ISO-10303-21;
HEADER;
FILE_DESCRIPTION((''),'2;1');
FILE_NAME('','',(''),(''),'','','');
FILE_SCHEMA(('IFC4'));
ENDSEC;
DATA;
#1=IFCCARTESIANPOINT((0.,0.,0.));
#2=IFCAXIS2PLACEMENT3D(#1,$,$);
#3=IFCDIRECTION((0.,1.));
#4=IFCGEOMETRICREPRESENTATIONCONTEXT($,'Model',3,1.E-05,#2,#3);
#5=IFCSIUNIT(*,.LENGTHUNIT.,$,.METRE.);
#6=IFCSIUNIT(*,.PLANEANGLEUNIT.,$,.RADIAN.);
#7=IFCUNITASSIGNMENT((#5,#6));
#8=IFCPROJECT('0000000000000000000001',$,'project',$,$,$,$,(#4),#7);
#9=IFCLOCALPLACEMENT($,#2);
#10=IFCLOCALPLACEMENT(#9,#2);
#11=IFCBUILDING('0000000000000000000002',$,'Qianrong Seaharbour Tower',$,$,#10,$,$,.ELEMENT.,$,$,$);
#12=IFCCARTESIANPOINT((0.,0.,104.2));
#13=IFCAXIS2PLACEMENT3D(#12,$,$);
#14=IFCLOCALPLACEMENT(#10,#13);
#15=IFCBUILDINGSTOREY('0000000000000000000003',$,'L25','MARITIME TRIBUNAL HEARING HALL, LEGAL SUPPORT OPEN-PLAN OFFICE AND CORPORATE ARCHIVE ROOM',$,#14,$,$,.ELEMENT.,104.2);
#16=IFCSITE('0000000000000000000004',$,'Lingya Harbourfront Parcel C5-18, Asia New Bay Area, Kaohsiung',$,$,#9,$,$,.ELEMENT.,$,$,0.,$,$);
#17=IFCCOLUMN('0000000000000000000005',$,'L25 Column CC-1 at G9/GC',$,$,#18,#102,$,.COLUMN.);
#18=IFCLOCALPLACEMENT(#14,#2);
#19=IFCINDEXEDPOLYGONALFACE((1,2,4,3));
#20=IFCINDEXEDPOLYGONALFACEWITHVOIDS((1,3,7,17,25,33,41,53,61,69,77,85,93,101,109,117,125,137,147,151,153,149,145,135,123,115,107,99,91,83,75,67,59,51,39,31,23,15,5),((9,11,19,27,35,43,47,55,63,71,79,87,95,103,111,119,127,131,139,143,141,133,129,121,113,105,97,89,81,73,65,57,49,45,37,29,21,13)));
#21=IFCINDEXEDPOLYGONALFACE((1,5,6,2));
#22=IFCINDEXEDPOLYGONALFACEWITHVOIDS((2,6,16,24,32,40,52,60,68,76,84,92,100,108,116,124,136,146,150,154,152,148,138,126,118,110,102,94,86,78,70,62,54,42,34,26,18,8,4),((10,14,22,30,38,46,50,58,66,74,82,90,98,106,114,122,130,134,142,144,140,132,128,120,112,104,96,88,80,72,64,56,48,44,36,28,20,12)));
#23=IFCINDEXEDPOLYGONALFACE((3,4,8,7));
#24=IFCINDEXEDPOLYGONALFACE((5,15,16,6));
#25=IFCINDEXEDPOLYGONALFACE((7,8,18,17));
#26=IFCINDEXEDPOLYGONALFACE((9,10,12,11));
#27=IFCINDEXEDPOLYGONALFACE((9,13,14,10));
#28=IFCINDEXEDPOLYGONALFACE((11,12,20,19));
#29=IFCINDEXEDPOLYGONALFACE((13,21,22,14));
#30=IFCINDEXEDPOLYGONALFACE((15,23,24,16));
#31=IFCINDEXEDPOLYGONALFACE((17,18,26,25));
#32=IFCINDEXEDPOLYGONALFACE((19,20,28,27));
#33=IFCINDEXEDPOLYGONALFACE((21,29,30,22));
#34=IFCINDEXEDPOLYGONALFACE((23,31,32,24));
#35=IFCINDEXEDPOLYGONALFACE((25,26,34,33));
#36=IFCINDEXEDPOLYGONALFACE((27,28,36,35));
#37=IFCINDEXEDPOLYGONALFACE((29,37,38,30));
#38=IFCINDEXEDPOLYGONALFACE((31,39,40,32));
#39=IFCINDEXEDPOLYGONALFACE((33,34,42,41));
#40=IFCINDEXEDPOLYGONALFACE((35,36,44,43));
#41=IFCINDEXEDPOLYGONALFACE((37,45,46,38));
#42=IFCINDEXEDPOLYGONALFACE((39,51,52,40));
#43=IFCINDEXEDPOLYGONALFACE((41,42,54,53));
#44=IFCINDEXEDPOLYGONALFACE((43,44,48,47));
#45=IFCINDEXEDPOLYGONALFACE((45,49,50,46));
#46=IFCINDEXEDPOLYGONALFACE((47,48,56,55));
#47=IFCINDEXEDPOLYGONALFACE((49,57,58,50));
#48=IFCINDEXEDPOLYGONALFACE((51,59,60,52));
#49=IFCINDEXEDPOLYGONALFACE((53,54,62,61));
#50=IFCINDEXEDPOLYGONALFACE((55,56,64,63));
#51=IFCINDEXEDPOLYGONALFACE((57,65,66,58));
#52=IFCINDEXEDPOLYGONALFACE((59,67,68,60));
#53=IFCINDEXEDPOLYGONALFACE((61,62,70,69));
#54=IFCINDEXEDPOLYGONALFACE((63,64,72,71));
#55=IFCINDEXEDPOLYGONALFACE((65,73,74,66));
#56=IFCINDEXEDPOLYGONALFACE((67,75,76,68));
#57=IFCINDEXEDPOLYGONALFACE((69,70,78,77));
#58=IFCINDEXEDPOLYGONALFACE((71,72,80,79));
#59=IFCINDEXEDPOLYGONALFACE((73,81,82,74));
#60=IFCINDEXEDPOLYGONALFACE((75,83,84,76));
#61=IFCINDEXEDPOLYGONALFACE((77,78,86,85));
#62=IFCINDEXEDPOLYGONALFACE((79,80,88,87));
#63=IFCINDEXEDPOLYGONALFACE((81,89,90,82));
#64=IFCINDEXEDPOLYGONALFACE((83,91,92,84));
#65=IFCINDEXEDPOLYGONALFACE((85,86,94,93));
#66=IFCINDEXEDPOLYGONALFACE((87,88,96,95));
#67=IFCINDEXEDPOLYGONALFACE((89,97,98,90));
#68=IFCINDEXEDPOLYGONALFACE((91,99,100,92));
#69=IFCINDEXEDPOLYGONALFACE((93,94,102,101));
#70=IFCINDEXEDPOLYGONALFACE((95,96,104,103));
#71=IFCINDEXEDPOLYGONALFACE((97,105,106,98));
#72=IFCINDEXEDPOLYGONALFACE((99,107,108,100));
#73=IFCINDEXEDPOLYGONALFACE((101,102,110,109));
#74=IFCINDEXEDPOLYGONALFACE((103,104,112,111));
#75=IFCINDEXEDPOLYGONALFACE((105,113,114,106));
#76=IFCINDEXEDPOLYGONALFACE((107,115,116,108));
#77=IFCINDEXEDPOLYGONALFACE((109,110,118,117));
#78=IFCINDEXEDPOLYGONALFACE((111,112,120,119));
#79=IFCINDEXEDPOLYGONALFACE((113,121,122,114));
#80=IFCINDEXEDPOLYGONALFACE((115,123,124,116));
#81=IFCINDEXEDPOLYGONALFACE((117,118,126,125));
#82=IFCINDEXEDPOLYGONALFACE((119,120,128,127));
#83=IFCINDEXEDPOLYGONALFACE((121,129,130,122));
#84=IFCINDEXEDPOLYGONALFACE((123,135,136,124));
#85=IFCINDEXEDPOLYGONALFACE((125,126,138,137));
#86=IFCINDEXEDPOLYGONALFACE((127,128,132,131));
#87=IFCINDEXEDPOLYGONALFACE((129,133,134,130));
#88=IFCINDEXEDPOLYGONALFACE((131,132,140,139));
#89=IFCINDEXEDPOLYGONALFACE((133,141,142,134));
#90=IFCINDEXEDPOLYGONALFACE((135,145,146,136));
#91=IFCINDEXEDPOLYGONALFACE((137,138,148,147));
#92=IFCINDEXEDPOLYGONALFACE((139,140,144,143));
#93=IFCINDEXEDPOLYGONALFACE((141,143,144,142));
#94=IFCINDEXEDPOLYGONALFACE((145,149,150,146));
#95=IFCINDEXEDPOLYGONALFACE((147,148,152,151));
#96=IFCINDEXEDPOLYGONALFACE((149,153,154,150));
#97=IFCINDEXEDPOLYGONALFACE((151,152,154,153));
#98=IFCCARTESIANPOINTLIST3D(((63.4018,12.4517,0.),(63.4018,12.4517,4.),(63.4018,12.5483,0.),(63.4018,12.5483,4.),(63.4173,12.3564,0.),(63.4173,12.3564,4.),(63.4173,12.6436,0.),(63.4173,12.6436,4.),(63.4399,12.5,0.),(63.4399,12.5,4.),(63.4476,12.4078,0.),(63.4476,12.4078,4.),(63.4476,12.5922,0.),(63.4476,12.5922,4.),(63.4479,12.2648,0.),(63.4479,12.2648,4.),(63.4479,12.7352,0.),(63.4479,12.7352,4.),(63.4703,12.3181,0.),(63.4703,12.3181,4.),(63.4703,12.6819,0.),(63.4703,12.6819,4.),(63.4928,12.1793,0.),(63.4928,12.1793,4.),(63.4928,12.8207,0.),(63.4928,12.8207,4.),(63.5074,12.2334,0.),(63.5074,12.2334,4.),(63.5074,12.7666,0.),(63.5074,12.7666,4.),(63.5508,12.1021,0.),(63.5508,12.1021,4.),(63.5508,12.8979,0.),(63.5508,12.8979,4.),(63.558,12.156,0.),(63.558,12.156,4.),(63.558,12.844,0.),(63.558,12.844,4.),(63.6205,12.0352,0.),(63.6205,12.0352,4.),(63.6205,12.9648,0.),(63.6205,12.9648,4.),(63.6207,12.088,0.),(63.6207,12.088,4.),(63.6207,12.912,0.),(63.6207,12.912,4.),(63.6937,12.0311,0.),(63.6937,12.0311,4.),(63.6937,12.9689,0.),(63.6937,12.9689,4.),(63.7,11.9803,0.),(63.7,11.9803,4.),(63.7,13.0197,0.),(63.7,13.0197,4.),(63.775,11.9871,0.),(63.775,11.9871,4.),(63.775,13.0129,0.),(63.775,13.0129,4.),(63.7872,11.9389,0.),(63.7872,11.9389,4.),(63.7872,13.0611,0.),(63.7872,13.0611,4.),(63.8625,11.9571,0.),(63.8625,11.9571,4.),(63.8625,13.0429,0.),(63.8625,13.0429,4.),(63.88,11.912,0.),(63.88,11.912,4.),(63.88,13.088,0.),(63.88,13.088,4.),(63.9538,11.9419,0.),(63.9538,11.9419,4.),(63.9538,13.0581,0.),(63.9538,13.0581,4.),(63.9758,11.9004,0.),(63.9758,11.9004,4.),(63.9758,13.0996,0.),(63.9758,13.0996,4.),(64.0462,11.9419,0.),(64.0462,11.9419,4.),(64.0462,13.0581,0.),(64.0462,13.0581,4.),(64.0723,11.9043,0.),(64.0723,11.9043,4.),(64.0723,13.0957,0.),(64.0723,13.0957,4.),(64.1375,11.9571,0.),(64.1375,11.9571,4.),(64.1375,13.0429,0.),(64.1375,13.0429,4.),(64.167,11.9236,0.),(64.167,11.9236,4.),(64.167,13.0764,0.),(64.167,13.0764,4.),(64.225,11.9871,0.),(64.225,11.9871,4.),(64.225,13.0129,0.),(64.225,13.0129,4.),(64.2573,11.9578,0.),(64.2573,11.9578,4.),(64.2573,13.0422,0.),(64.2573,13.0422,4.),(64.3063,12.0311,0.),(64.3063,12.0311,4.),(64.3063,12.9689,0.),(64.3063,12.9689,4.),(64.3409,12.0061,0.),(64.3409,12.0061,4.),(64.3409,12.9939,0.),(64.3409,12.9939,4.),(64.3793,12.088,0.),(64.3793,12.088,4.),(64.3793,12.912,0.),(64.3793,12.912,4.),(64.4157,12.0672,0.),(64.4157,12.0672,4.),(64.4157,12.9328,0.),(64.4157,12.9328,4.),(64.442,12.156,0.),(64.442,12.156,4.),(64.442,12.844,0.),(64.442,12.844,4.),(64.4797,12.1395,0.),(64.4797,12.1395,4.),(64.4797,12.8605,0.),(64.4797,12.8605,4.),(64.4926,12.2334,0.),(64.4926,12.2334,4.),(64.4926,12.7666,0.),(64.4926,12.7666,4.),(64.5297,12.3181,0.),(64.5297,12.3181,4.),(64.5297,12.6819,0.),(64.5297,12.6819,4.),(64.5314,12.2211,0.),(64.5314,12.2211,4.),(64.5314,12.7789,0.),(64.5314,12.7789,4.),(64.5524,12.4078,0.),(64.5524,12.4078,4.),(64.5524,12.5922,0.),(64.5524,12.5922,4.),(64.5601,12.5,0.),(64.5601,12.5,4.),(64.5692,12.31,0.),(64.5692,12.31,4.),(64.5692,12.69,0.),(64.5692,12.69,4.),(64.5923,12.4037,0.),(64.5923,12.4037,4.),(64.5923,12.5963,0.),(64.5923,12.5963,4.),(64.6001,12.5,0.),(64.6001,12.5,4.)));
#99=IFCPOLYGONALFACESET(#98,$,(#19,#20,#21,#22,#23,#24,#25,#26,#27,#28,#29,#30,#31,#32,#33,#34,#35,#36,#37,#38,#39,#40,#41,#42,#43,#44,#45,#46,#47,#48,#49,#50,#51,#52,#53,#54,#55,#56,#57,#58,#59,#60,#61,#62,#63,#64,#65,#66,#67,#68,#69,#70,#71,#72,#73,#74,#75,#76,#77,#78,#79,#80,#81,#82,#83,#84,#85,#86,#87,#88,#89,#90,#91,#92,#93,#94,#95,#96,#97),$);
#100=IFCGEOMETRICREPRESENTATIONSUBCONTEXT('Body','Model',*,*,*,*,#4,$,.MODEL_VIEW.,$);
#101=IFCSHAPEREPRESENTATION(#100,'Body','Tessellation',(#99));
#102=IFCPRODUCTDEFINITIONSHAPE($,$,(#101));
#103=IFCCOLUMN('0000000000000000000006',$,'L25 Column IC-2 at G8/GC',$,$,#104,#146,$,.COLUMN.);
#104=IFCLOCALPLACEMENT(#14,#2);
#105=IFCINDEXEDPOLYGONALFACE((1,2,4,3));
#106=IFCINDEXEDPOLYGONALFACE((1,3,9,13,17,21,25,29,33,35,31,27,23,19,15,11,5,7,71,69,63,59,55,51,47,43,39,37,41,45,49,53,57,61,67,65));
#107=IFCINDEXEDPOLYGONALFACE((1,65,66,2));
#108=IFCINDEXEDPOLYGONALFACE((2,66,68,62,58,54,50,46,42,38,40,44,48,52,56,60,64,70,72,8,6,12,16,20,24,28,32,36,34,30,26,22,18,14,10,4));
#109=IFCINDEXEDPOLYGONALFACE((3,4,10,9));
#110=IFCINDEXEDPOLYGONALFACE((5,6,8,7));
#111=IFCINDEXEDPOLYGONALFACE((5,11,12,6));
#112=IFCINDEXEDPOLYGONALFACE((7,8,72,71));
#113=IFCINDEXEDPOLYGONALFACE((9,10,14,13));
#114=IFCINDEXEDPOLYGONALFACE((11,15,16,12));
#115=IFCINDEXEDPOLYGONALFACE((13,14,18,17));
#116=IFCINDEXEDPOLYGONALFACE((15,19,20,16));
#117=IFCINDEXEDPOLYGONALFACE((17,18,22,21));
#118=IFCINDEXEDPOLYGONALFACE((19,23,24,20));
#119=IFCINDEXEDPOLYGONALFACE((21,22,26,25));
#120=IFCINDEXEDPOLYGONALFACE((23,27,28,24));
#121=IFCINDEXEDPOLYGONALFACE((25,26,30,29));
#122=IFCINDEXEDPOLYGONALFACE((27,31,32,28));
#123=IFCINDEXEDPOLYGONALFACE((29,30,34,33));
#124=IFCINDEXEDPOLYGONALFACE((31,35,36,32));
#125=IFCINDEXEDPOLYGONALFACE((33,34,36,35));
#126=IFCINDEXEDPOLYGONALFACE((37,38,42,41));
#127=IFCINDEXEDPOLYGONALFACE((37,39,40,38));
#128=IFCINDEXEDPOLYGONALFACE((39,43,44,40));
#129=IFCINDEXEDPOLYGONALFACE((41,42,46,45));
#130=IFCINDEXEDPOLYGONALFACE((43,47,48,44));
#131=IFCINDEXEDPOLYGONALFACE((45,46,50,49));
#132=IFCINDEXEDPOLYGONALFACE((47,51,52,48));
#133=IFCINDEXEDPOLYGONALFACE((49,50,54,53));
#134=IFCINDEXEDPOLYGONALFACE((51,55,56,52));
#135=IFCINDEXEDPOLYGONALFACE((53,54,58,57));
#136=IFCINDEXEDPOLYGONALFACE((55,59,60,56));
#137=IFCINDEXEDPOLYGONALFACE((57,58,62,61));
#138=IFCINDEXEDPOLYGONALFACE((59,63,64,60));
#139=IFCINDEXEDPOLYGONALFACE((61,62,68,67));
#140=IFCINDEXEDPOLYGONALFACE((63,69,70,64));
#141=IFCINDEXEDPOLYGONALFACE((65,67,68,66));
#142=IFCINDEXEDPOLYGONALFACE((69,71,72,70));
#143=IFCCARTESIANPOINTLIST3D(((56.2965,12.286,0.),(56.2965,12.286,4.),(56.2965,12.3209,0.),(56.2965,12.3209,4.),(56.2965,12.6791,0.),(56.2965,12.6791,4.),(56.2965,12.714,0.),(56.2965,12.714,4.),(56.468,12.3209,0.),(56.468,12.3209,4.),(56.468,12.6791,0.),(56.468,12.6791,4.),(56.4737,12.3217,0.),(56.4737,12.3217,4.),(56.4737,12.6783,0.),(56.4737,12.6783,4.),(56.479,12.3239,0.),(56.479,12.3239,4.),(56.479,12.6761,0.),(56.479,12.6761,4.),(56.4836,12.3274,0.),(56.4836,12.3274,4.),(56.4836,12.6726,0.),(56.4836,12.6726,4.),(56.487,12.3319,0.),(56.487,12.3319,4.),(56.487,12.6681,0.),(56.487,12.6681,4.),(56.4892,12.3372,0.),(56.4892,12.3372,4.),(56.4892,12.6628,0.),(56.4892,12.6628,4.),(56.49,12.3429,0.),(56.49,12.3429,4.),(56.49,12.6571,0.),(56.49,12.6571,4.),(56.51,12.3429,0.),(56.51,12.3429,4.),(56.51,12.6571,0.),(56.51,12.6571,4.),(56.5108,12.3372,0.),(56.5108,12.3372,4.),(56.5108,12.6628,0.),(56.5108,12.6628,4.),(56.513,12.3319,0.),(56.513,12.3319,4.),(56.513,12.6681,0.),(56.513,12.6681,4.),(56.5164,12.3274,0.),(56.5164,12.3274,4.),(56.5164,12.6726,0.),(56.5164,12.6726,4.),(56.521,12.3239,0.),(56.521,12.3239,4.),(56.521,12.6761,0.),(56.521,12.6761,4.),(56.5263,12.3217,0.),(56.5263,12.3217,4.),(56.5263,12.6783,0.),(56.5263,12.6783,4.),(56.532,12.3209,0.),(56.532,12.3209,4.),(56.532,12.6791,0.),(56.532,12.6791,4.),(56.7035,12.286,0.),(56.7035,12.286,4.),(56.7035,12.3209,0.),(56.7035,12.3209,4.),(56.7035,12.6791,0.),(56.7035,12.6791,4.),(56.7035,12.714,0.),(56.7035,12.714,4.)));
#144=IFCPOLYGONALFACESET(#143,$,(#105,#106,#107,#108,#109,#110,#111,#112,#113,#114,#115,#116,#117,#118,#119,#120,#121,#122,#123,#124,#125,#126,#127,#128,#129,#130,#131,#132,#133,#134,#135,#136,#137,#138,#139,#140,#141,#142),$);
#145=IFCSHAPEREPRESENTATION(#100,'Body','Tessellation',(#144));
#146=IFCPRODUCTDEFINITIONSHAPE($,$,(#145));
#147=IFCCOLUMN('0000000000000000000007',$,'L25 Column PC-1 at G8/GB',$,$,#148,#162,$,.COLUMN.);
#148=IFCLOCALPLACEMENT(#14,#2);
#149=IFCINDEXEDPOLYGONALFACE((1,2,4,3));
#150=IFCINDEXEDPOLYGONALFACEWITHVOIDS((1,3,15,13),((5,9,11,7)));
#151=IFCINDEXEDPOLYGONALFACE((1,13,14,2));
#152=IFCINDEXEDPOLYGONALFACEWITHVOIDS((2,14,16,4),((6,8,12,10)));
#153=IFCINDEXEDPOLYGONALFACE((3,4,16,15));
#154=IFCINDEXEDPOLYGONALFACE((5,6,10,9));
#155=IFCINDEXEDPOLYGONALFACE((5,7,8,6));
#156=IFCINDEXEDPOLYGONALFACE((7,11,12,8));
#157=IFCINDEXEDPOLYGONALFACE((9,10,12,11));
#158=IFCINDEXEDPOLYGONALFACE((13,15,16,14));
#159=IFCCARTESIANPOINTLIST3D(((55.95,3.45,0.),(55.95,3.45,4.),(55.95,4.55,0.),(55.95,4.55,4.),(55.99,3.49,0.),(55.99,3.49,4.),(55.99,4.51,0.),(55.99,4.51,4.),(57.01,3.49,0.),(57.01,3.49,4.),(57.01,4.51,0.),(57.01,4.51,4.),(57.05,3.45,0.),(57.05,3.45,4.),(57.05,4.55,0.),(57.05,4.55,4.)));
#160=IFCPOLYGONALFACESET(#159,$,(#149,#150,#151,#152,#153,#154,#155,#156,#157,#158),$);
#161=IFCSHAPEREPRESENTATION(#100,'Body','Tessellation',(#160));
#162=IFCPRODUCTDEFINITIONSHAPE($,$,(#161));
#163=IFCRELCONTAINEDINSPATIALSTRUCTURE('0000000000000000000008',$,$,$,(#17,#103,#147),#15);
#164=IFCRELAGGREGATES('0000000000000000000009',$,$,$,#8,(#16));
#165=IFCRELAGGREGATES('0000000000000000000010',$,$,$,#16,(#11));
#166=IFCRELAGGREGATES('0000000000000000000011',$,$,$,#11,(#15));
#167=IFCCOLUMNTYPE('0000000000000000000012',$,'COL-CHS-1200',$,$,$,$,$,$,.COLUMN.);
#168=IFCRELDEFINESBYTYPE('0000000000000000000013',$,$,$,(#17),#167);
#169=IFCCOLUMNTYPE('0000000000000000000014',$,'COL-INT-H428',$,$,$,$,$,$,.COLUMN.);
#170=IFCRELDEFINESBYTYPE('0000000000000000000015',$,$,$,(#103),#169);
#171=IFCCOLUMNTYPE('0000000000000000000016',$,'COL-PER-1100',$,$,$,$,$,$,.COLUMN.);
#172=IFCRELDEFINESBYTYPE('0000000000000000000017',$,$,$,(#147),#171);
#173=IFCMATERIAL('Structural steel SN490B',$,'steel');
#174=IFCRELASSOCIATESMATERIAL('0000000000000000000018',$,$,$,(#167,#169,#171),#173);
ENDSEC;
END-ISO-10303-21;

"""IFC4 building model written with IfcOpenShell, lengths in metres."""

from ifc_helpers import new_model, si_unit, direction, frame, origin, origin_2d, place, context, subcontext, project, spatial, hollow_rectangle, hollow_circle, i_section, extrude, material, material_profile, profile_set, type_object, element, save


model = new_model("IFC4")

# Units and contexts
model_context = context("Model", 3, precision=1e-05, world=origin(), true_north=direction((0.0, 1.0)))
body_context = subcontext(model_context, "Body", "Model", "MODEL_VIEW")
ifc_project = project(units=[si_unit("LENGTHUNIT", "METRE"), si_unit("PLANEANGLEUNIT", "RADIAN")], contexts=[model_context])

# Site, building, storey
site_placement = place(None, origin())
site = spatial("IfcSite", under=ifc_project, at=site_placement, Name="Lingya Harbourfront Parcel C5-18, Asia New Bay Area, Kaohsiung", CompositionType="ELEMENT", RefElevation=0.0)
building_placement = place(site_placement, origin())
building = spatial("IfcBuilding", under=site, at=building_placement, Name="Qianrong Seaharbour Tower", CompositionType="ELEMENT")
storey_placement = place(building_placement, frame((0.0, 0.0, 104.2)))
storey = spatial("IfcBuildingStorey", under=building, at=storey_placement, Name="L25", Description="MARITIME TRIBUNAL HEARING HALL, LEGAL SUPPORT OPEN-PLAN OFFICE AND CORPORATE ARCHIVE ROOM", CompositionType="ELEMENT", Elevation=104.2)

# Columns
ifc_material_1 = material(Name="Structural steel SN490B", Category="steel")
ifc_material_profile_1 = material_profile(ifc_material_1, hollow_circle(Radius=0.6001, WallThickness=0.04, at=origin_2d()), Name="CHS1200x40")
ifc_profile_set_1 = profile_set([ifc_material_profile_1], Name="Structural steel SN490B")
column_type_1 = type_object("IfcColumnType", Name="COL-CHS-1200", PredefinedType="COLUMN", material=ifc_profile_set_1)
column_1_placement = place(storey_placement, frame((64.0, 12.5, 0.0), z_axis=(0.0, 0.0, 1.0), x_axis=(1.0, 0.0, 0.0)))
element("IfcColumn", 1, at=column_1_placement, inside=storey, type_object=column_type_1, Name="L25 Column CC-1 at G9/GC", PredefinedType="COLUMN", context=body_context, shape_type="SweptSolid", body=[
    extrude(hollow_circle(Radius=0.6001, WallThickness=0.04, at=origin_2d()), origin(), (0.0, 0.0, 1.0), 4.0),
])
ifc_material_profile_2 = material_profile(ifc_material_1, i_section(OverallWidth=0.407, OverallDepth=0.428, WebThickness=0.02, FlangeThickness=0.0349, FilletRadius=0.022, at=origin_2d()), Name="H428x407x20x35")
ifc_profile_set_2 = profile_set([ifc_material_profile_2], Name="Structural steel SN490B")
column_type_2 = type_object("IfcColumnType", Name="COL-INT-H428", PredefinedType="COLUMN", material=ifc_profile_set_2)
column_2_placement = place(storey_placement, frame((56.5, 12.5, 0.0), z_axis=(0.0, 0.0, 1.0), x_axis=(1.0, 0.0, 0.0)))
element("IfcColumn", 2, at=column_2_placement, inside=storey, type_object=column_type_2, Name="L25 Column IC-2 at G8/GC", PredefinedType="COLUMN", context=body_context, shape_type="SweptSolid", body=[
    extrude(i_section(OverallWidth=0.407, OverallDepth=0.428, WebThickness=0.02, FlangeThickness=0.0349, FilletRadius=0.022, at=origin_2d()), origin(), (0.0, 0.0, 1.0), 4.0),
])
ifc_material_profile_3 = material_profile(ifc_material_1, hollow_rectangle(XDim=1.1001, YDim=1.1001, WallThickness=0.04, at=origin_2d()), Name="BOX1100x1100x40")
ifc_profile_set_3 = profile_set([ifc_material_profile_3], Name="Structural steel SN490B")
column_type_3 = type_object("IfcColumnType", Name="COL-PER-1100", PredefinedType="COLUMN", material=ifc_profile_set_3)
column_3_placement = place(storey_placement, frame((56.5, 4.0, 0.0), z_axis=(0.0, 0.0, 1.0), x_axis=(1.0, 0.0, 0.0)))
element("IfcColumn", 3, at=column_3_placement, inside=storey, type_object=column_type_3, Name="L25 Column PC-1 at G8/GB", PredefinedType="COLUMN", context=body_context, shape_type="SweptSolid", body=[
    extrude(hollow_rectangle(XDim=1.1001, YDim=1.1001, WallThickness=0.04, at=origin_2d()), origin(), (0.0, 0.0, 1.0), 4.0),
])

save(model, "model.ifc")
